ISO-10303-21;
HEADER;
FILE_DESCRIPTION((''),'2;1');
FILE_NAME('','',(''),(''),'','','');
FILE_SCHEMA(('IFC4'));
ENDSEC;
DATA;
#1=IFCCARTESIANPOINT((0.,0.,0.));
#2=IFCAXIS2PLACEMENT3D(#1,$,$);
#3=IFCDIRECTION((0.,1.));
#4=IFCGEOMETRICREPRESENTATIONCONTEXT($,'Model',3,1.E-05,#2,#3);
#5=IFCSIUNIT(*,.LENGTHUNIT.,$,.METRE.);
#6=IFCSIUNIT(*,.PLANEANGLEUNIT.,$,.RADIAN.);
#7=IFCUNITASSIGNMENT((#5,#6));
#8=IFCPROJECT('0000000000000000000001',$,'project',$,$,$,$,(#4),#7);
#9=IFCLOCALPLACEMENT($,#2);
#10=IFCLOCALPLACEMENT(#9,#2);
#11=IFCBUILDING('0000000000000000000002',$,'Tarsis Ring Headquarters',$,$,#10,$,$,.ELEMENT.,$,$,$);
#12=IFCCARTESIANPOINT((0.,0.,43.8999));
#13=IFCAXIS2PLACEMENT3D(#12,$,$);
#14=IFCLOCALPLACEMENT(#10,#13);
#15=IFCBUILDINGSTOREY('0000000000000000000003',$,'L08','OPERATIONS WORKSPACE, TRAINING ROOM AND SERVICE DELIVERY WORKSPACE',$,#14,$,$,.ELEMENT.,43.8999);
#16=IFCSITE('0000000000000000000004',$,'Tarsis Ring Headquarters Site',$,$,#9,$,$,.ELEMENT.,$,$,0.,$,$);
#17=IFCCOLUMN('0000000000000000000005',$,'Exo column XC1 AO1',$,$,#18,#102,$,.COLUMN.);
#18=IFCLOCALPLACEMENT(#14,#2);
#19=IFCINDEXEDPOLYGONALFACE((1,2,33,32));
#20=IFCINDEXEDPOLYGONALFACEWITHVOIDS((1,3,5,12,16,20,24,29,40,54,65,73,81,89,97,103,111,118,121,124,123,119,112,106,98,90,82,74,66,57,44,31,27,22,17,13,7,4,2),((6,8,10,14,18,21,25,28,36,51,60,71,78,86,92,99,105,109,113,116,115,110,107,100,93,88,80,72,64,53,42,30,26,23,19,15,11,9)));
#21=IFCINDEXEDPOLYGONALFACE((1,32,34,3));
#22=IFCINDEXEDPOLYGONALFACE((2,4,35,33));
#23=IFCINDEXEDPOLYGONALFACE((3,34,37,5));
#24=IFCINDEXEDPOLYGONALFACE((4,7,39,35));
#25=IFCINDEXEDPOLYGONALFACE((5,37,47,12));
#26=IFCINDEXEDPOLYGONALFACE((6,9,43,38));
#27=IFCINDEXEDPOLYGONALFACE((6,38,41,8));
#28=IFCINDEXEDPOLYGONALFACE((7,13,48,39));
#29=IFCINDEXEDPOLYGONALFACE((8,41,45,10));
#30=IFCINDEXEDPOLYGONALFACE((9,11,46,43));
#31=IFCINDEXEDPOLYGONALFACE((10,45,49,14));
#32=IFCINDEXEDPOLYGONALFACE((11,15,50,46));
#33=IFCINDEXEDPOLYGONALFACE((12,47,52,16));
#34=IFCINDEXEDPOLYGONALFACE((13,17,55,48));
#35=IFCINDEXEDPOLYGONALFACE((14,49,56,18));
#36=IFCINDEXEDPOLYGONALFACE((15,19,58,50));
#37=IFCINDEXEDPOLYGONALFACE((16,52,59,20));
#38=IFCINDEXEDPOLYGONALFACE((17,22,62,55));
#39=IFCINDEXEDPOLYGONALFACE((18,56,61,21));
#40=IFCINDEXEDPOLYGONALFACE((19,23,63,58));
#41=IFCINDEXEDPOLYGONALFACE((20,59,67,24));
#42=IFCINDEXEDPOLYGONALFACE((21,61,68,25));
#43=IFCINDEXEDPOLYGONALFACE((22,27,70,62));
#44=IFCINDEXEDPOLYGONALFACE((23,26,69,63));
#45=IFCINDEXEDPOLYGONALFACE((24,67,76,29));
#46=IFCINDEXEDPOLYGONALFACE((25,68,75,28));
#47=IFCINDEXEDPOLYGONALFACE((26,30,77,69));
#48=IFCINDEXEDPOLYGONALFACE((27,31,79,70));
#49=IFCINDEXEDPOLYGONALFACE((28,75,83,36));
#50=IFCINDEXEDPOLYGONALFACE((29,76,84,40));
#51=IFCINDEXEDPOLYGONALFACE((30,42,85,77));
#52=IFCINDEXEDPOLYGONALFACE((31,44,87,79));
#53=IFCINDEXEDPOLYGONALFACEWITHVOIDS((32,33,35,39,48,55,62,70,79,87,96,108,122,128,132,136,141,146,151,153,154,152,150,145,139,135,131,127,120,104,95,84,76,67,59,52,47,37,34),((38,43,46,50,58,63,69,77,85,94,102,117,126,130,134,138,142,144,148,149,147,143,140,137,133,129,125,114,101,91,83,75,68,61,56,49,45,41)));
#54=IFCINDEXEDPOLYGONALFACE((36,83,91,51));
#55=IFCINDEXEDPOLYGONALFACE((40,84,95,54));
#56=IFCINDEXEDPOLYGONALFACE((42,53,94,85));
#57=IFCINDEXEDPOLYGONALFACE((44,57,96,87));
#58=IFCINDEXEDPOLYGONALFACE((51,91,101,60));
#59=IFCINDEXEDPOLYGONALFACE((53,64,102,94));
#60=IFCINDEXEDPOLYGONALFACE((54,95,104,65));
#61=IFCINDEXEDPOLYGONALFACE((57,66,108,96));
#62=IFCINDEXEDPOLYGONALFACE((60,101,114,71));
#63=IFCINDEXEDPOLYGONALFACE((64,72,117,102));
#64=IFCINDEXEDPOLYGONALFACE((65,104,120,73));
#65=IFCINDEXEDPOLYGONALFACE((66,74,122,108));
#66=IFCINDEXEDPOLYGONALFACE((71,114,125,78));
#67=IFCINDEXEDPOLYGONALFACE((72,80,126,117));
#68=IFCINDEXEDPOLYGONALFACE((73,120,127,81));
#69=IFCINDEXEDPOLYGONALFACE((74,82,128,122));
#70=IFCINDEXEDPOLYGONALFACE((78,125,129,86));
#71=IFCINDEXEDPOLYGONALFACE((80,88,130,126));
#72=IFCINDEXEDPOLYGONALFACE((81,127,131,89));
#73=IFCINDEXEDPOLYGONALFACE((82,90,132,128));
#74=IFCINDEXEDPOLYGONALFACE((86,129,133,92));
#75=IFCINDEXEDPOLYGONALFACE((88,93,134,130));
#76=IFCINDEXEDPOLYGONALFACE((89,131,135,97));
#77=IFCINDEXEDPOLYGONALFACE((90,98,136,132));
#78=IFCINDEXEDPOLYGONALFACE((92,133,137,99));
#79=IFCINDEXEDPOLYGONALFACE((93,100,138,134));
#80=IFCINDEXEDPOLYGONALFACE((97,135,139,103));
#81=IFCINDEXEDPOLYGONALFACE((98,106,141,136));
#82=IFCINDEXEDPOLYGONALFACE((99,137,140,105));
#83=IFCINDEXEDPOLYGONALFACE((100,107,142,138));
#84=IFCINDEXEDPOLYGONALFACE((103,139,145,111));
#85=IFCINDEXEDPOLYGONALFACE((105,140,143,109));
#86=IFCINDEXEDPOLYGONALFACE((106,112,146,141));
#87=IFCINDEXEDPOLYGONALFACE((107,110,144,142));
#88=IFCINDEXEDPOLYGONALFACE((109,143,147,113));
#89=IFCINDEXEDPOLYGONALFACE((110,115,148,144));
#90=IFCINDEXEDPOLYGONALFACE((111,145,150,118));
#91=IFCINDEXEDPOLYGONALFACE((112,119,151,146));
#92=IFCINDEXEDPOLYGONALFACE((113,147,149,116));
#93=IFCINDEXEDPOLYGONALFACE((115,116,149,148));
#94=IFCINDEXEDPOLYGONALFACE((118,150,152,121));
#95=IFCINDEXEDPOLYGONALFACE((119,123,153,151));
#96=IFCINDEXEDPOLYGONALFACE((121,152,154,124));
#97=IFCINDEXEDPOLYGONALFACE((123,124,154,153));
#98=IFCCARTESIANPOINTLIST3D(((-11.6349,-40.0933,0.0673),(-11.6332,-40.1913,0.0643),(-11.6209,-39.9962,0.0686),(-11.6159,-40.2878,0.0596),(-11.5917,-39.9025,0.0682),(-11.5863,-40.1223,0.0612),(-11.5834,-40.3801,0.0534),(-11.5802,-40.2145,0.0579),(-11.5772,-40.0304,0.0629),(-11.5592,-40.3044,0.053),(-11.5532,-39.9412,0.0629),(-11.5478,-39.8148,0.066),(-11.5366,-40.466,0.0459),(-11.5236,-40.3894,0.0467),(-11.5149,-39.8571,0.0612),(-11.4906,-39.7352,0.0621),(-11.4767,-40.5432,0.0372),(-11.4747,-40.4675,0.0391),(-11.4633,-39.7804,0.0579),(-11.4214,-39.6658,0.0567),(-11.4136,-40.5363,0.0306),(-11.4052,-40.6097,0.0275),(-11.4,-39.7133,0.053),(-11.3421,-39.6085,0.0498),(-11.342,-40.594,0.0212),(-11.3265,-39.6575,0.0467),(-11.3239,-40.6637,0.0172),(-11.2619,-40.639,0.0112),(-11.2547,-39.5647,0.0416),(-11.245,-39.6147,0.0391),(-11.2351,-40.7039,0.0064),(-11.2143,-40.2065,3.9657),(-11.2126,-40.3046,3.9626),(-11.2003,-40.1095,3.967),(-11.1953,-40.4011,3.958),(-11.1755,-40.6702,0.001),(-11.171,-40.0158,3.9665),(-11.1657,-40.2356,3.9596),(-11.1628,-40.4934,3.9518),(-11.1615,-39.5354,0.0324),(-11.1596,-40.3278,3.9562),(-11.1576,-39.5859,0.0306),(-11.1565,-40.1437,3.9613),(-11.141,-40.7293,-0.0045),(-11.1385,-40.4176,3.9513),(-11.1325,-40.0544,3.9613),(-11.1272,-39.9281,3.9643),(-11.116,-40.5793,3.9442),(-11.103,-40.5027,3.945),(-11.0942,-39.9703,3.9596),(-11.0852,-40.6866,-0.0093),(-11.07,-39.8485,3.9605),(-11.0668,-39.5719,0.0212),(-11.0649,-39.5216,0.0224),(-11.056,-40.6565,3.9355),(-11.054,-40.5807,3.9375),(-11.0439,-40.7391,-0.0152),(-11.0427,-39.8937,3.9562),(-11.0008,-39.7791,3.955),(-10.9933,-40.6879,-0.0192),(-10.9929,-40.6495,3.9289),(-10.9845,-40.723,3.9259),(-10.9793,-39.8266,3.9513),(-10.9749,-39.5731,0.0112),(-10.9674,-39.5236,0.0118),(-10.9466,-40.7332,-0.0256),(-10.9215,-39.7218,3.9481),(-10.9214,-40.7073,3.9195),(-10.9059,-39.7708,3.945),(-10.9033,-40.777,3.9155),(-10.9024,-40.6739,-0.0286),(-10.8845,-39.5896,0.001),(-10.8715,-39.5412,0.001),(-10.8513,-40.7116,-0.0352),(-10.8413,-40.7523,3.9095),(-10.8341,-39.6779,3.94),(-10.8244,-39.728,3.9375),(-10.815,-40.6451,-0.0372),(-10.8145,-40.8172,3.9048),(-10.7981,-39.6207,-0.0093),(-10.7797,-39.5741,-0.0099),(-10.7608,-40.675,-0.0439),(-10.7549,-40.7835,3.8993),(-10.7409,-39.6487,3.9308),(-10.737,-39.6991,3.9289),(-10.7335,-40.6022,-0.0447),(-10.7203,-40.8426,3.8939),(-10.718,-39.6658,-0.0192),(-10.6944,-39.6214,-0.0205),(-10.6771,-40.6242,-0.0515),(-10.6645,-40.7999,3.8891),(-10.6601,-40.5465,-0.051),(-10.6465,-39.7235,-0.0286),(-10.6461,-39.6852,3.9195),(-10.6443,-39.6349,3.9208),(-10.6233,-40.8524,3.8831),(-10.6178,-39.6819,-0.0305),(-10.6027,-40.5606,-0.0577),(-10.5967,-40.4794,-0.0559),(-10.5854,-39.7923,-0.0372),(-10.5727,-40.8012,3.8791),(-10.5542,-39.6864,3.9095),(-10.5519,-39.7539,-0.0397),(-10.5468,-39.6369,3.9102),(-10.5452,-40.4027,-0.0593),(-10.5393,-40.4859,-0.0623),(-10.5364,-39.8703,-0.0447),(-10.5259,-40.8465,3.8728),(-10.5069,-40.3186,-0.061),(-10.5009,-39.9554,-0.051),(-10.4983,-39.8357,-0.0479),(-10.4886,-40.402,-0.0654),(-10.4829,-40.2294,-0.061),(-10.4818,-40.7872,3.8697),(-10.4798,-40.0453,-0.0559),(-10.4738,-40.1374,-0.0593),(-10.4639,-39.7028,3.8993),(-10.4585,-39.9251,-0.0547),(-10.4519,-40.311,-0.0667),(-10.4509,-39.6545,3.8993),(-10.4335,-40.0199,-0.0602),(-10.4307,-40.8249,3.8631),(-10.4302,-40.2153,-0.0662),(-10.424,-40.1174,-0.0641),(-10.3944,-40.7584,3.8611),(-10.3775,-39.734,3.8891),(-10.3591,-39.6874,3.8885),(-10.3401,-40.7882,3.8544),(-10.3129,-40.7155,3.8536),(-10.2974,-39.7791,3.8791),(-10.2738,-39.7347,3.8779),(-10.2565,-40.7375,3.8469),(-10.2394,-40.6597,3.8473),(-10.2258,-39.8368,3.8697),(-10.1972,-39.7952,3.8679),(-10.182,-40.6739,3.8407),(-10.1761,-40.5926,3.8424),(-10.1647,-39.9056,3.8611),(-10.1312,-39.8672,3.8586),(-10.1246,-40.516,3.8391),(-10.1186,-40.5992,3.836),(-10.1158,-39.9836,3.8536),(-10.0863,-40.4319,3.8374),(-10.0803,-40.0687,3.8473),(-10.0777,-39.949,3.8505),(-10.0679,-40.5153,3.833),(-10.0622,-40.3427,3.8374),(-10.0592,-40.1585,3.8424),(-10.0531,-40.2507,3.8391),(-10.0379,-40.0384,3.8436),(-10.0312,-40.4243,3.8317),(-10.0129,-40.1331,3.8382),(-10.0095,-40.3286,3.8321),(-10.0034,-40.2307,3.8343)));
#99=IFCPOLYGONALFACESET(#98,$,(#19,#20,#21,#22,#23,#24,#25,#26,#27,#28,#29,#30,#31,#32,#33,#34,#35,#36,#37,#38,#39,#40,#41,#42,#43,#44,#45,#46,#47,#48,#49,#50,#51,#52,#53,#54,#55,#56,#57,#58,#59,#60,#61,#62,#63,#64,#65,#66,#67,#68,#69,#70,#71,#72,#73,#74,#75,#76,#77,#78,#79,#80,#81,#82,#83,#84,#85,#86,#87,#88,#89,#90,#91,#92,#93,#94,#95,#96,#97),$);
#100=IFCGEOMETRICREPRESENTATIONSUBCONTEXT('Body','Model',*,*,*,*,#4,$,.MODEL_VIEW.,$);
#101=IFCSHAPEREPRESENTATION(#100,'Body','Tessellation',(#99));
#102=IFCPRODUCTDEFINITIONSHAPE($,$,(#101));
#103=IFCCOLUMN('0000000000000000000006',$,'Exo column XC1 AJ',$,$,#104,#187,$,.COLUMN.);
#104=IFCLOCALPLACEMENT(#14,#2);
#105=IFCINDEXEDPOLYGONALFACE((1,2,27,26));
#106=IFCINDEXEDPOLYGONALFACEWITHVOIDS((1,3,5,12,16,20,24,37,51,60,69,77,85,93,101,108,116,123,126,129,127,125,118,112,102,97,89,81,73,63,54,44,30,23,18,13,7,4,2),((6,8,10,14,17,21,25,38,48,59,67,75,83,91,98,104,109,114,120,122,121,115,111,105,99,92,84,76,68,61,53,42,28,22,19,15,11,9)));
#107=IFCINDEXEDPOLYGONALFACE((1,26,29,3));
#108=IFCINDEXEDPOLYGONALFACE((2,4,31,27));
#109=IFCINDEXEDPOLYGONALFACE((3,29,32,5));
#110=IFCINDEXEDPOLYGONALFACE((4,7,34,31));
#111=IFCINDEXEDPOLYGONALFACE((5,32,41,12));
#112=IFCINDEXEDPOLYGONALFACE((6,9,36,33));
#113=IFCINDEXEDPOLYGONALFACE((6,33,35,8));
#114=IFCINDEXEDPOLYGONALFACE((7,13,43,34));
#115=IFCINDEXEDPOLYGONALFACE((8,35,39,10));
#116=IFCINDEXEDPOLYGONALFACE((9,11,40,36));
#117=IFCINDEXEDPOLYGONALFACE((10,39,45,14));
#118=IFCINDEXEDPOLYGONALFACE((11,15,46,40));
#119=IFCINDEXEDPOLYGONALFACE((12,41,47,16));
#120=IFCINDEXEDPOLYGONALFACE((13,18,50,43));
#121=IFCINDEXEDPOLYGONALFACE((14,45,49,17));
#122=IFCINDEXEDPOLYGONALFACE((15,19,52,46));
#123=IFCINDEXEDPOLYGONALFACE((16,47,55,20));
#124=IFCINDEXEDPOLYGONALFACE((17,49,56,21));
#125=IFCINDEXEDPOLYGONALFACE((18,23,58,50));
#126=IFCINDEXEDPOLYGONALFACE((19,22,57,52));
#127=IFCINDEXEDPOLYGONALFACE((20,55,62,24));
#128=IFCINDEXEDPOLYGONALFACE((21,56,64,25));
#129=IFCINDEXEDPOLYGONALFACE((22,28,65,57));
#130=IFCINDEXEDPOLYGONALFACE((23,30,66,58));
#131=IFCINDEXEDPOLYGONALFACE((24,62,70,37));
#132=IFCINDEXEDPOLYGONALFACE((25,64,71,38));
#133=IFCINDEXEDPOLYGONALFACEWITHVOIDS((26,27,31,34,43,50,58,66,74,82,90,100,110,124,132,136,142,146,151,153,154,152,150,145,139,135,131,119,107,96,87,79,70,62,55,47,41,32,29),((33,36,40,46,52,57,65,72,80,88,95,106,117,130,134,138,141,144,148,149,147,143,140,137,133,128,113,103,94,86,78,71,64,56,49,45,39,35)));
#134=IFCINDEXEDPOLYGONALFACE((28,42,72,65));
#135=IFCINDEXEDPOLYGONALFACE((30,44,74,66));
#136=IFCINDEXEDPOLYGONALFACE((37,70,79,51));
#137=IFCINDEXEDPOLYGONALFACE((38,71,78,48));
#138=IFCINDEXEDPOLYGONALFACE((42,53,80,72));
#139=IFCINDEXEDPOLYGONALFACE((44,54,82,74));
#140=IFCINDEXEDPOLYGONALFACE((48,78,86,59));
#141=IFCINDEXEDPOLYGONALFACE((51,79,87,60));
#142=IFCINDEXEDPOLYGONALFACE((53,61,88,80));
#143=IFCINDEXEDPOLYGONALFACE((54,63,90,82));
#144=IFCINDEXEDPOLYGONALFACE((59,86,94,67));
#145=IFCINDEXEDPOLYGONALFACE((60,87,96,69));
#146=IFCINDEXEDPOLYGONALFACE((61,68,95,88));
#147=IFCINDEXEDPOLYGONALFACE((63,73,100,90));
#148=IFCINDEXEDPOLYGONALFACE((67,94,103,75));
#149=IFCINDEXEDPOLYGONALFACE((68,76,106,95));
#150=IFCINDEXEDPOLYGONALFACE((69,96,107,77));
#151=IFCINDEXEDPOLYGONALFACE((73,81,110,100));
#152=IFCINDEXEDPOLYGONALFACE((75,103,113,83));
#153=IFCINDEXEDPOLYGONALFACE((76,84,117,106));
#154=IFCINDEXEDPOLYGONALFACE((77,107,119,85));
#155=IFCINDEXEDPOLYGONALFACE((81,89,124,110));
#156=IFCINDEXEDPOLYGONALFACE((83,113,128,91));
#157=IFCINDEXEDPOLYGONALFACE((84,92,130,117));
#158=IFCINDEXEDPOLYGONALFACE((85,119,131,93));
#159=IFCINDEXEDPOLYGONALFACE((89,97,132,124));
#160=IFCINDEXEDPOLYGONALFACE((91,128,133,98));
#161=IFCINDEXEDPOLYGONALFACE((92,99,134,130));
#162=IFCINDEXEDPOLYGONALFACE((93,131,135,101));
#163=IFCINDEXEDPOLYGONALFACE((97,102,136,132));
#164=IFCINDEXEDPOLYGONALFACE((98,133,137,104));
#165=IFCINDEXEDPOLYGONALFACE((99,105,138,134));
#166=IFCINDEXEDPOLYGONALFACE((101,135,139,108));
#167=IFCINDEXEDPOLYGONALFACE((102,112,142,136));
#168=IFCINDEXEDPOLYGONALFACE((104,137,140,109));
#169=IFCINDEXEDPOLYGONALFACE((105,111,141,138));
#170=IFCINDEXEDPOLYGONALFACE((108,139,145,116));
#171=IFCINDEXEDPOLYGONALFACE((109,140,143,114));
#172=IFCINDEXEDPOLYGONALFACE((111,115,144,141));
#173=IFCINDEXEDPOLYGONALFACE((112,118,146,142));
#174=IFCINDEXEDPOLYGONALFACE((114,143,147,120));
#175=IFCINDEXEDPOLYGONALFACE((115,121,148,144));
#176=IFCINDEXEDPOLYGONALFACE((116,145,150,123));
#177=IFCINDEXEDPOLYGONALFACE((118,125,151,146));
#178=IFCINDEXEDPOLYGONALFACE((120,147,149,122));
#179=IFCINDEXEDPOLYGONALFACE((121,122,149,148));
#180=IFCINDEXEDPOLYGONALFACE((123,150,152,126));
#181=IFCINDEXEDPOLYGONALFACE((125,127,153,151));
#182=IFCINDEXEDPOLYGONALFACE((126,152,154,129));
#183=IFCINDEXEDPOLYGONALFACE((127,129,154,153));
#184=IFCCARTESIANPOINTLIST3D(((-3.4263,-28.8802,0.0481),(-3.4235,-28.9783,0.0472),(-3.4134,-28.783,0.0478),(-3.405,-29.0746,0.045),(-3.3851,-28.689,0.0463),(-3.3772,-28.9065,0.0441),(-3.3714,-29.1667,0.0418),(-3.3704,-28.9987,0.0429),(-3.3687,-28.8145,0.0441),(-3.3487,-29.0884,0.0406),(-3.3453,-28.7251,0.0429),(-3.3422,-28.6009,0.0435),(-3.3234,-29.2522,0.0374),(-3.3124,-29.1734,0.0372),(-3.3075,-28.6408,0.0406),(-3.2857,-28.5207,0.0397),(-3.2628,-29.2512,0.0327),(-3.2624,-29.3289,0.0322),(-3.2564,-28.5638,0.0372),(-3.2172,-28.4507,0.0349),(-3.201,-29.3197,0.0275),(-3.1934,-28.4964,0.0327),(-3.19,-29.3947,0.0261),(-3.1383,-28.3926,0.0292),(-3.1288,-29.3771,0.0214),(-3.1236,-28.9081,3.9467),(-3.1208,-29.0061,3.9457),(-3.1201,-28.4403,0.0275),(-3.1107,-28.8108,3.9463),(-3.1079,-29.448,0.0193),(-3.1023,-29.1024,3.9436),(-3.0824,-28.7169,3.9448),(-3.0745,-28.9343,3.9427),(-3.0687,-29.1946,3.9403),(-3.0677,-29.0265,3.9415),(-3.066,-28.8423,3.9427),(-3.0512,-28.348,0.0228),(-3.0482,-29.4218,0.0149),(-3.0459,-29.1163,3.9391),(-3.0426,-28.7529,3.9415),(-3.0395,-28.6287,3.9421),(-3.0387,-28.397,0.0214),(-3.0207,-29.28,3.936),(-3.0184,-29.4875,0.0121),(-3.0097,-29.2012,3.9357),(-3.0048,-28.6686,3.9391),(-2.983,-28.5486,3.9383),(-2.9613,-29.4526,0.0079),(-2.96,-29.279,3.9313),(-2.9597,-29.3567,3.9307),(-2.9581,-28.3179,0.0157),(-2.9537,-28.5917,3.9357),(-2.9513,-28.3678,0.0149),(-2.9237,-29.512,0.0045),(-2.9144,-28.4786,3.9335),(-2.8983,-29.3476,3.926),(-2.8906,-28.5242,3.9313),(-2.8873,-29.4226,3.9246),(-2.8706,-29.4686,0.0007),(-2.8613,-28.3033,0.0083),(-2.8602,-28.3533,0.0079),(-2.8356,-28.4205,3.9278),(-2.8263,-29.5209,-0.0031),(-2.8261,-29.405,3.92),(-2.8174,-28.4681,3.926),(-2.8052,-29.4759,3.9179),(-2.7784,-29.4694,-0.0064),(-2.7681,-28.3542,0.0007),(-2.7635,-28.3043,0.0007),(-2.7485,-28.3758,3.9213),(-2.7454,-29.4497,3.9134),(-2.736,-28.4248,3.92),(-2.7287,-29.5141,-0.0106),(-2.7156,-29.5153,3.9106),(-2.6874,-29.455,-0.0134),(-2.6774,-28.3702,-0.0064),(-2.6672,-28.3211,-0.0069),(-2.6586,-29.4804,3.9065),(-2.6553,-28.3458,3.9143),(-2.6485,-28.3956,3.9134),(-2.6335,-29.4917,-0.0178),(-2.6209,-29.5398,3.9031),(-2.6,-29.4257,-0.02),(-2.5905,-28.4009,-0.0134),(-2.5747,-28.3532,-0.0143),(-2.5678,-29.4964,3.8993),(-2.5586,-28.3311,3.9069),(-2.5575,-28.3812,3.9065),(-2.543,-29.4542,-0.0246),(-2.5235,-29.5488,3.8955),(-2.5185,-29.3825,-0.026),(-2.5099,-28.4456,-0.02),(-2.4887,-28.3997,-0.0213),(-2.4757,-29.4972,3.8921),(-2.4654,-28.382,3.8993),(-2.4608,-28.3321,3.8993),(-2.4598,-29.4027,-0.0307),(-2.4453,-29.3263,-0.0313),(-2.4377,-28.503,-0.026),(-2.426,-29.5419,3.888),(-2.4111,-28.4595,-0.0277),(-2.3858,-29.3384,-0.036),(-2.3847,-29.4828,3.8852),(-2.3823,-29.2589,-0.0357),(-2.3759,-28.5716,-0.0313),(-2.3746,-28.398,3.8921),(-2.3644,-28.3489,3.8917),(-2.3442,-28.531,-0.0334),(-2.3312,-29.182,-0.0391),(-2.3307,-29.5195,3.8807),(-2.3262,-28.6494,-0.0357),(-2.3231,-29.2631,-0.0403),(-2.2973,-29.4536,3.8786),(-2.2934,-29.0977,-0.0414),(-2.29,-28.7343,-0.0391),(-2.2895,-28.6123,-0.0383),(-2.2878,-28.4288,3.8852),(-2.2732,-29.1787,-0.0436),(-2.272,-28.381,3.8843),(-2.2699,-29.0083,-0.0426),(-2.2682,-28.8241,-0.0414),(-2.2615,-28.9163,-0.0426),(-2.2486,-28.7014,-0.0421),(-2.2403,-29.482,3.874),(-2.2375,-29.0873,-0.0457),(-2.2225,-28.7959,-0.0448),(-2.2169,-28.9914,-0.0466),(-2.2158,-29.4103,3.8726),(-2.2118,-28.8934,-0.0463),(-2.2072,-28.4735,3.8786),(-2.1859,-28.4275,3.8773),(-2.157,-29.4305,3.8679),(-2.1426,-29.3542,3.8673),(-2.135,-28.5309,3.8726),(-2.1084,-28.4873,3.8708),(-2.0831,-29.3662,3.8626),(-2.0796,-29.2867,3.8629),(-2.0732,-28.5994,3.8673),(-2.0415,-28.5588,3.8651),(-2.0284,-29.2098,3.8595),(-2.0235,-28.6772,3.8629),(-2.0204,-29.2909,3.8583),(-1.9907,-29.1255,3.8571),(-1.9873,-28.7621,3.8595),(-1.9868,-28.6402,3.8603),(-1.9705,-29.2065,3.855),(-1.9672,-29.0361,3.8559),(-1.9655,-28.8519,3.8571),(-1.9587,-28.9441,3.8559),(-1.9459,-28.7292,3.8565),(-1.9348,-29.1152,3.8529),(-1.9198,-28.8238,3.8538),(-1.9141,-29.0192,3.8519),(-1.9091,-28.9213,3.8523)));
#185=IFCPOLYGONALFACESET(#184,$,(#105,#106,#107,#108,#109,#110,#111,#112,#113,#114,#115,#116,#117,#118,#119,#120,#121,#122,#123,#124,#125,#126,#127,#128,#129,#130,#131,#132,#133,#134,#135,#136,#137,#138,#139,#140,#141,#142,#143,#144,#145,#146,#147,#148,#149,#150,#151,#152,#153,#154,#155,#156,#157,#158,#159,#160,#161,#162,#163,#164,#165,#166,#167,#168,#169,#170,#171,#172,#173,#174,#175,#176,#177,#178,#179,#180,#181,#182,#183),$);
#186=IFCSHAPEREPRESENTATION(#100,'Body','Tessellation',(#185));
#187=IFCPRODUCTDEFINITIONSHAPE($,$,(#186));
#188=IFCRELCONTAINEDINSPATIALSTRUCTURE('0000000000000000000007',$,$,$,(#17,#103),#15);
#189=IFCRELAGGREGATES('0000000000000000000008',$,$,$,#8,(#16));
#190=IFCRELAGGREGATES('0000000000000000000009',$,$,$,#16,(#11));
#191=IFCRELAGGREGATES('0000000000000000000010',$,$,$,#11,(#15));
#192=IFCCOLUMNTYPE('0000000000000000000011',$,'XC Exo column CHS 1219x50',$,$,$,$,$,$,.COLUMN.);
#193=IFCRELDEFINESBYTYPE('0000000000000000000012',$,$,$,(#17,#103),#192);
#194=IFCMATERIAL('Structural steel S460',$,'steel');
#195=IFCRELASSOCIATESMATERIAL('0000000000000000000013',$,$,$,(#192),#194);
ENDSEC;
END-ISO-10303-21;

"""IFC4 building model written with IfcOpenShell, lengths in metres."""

from ifc_helpers import new_model, si_unit, direction, frame, origin, origin_2d, place, context, subcontext, project, spatial, hollow_circle, extrude, material, material_profile, profile_set, type_object, element, save


model = new_model("IFC4")

# Units and contexts
model_context = context("Model", 3, precision=1e-05, world=origin(), true_north=direction((0.0, 1.0)))
body_context = subcontext(model_context, "Body", "Model", "MODEL_VIEW")
ifc_project = project(units=[si_unit("LENGTHUNIT", "METRE"), si_unit("PLANEANGLEUNIT", "RADIAN")], contexts=[model_context])

# Site, building, storey
site_placement = place(None, origin())
site = spatial("IfcSite", under=ifc_project, at=site_placement, Name="Tarsis Ring Headquarters Site", CompositionType="ELEMENT", RefElevation=0.0)
building_placement = place(site_placement, origin())
building = spatial("IfcBuilding", under=site, at=building_placement, Name="Tarsis Ring Headquarters", CompositionType="ELEMENT")
storey_placement = place(building_placement, frame((0.0, 0.0, 43.8999)))
storey = spatial("IfcBuildingStorey", under=building, at=storey_placement, Name="L08", Description="OPERATIONS WORKSPACE, TRAINING ROOM AND SERVICE DELIVERY WORKSPACE", CompositionType="ELEMENT", Elevation=43.8999)

# Columns
ifc_material_1 = material(Name="Structural steel S460", Category="steel")
ifc_material_profile_1 = material_profile(ifc_material_1, hollow_circle(Radius=0.6096, WallThickness=0.05, at=origin_2d()), Name="CHS 1219x50")
ifc_profile_set_1 = profile_set([ifc_material_profile_1], Name="Structural steel S460")
column_type = type_object("IfcColumnType", Name="XC Exo column CHS 1219x50", PredefinedType="COLUMN", material=ifc_profile_set_1)
column_1_placement = place(storey_placement, frame((-11.03, -40.1299, 0.001), z_axis=(0.107236, -0.028878, 0.993814), x_axis=(0.260034, 0.9656, 0.0)))
element("IfcColumn", 1, at=column_1_placement, inside=storey, type_object=column_type, Name="Exo column XC1 AO1", PredefinedType="COLUMN", context=body_context, shape_type="SweptSolid", body=[
    extrude(hollow_circle(Radius=0.6096, WallThickness=0.05, at=origin_2d()), origin(), (0.0, 0.0, 1.0), 3.9226),
])
column_2_placement = place(storey_placement, frame((-2.8193, -28.9114, 0.0007), z_axis=(0.077415, -0.007117, 0.996974), x_axis=(0.091549, 0.995801, 0.0)))
element("IfcColumn", 2, at=column_2_placement, inside=storey, type_object=column_type, Name="Exo column XC1 AJ", PredefinedType="COLUMN", context=body_context, shape_type="SweptSolid", body=[
    extrude(hollow_circle(Radius=0.6096, WallThickness=0.05, at=origin_2d()), origin(), (0.0, 0.0, 1.0), 3.9104),
])

save(model, "model.ifc")
